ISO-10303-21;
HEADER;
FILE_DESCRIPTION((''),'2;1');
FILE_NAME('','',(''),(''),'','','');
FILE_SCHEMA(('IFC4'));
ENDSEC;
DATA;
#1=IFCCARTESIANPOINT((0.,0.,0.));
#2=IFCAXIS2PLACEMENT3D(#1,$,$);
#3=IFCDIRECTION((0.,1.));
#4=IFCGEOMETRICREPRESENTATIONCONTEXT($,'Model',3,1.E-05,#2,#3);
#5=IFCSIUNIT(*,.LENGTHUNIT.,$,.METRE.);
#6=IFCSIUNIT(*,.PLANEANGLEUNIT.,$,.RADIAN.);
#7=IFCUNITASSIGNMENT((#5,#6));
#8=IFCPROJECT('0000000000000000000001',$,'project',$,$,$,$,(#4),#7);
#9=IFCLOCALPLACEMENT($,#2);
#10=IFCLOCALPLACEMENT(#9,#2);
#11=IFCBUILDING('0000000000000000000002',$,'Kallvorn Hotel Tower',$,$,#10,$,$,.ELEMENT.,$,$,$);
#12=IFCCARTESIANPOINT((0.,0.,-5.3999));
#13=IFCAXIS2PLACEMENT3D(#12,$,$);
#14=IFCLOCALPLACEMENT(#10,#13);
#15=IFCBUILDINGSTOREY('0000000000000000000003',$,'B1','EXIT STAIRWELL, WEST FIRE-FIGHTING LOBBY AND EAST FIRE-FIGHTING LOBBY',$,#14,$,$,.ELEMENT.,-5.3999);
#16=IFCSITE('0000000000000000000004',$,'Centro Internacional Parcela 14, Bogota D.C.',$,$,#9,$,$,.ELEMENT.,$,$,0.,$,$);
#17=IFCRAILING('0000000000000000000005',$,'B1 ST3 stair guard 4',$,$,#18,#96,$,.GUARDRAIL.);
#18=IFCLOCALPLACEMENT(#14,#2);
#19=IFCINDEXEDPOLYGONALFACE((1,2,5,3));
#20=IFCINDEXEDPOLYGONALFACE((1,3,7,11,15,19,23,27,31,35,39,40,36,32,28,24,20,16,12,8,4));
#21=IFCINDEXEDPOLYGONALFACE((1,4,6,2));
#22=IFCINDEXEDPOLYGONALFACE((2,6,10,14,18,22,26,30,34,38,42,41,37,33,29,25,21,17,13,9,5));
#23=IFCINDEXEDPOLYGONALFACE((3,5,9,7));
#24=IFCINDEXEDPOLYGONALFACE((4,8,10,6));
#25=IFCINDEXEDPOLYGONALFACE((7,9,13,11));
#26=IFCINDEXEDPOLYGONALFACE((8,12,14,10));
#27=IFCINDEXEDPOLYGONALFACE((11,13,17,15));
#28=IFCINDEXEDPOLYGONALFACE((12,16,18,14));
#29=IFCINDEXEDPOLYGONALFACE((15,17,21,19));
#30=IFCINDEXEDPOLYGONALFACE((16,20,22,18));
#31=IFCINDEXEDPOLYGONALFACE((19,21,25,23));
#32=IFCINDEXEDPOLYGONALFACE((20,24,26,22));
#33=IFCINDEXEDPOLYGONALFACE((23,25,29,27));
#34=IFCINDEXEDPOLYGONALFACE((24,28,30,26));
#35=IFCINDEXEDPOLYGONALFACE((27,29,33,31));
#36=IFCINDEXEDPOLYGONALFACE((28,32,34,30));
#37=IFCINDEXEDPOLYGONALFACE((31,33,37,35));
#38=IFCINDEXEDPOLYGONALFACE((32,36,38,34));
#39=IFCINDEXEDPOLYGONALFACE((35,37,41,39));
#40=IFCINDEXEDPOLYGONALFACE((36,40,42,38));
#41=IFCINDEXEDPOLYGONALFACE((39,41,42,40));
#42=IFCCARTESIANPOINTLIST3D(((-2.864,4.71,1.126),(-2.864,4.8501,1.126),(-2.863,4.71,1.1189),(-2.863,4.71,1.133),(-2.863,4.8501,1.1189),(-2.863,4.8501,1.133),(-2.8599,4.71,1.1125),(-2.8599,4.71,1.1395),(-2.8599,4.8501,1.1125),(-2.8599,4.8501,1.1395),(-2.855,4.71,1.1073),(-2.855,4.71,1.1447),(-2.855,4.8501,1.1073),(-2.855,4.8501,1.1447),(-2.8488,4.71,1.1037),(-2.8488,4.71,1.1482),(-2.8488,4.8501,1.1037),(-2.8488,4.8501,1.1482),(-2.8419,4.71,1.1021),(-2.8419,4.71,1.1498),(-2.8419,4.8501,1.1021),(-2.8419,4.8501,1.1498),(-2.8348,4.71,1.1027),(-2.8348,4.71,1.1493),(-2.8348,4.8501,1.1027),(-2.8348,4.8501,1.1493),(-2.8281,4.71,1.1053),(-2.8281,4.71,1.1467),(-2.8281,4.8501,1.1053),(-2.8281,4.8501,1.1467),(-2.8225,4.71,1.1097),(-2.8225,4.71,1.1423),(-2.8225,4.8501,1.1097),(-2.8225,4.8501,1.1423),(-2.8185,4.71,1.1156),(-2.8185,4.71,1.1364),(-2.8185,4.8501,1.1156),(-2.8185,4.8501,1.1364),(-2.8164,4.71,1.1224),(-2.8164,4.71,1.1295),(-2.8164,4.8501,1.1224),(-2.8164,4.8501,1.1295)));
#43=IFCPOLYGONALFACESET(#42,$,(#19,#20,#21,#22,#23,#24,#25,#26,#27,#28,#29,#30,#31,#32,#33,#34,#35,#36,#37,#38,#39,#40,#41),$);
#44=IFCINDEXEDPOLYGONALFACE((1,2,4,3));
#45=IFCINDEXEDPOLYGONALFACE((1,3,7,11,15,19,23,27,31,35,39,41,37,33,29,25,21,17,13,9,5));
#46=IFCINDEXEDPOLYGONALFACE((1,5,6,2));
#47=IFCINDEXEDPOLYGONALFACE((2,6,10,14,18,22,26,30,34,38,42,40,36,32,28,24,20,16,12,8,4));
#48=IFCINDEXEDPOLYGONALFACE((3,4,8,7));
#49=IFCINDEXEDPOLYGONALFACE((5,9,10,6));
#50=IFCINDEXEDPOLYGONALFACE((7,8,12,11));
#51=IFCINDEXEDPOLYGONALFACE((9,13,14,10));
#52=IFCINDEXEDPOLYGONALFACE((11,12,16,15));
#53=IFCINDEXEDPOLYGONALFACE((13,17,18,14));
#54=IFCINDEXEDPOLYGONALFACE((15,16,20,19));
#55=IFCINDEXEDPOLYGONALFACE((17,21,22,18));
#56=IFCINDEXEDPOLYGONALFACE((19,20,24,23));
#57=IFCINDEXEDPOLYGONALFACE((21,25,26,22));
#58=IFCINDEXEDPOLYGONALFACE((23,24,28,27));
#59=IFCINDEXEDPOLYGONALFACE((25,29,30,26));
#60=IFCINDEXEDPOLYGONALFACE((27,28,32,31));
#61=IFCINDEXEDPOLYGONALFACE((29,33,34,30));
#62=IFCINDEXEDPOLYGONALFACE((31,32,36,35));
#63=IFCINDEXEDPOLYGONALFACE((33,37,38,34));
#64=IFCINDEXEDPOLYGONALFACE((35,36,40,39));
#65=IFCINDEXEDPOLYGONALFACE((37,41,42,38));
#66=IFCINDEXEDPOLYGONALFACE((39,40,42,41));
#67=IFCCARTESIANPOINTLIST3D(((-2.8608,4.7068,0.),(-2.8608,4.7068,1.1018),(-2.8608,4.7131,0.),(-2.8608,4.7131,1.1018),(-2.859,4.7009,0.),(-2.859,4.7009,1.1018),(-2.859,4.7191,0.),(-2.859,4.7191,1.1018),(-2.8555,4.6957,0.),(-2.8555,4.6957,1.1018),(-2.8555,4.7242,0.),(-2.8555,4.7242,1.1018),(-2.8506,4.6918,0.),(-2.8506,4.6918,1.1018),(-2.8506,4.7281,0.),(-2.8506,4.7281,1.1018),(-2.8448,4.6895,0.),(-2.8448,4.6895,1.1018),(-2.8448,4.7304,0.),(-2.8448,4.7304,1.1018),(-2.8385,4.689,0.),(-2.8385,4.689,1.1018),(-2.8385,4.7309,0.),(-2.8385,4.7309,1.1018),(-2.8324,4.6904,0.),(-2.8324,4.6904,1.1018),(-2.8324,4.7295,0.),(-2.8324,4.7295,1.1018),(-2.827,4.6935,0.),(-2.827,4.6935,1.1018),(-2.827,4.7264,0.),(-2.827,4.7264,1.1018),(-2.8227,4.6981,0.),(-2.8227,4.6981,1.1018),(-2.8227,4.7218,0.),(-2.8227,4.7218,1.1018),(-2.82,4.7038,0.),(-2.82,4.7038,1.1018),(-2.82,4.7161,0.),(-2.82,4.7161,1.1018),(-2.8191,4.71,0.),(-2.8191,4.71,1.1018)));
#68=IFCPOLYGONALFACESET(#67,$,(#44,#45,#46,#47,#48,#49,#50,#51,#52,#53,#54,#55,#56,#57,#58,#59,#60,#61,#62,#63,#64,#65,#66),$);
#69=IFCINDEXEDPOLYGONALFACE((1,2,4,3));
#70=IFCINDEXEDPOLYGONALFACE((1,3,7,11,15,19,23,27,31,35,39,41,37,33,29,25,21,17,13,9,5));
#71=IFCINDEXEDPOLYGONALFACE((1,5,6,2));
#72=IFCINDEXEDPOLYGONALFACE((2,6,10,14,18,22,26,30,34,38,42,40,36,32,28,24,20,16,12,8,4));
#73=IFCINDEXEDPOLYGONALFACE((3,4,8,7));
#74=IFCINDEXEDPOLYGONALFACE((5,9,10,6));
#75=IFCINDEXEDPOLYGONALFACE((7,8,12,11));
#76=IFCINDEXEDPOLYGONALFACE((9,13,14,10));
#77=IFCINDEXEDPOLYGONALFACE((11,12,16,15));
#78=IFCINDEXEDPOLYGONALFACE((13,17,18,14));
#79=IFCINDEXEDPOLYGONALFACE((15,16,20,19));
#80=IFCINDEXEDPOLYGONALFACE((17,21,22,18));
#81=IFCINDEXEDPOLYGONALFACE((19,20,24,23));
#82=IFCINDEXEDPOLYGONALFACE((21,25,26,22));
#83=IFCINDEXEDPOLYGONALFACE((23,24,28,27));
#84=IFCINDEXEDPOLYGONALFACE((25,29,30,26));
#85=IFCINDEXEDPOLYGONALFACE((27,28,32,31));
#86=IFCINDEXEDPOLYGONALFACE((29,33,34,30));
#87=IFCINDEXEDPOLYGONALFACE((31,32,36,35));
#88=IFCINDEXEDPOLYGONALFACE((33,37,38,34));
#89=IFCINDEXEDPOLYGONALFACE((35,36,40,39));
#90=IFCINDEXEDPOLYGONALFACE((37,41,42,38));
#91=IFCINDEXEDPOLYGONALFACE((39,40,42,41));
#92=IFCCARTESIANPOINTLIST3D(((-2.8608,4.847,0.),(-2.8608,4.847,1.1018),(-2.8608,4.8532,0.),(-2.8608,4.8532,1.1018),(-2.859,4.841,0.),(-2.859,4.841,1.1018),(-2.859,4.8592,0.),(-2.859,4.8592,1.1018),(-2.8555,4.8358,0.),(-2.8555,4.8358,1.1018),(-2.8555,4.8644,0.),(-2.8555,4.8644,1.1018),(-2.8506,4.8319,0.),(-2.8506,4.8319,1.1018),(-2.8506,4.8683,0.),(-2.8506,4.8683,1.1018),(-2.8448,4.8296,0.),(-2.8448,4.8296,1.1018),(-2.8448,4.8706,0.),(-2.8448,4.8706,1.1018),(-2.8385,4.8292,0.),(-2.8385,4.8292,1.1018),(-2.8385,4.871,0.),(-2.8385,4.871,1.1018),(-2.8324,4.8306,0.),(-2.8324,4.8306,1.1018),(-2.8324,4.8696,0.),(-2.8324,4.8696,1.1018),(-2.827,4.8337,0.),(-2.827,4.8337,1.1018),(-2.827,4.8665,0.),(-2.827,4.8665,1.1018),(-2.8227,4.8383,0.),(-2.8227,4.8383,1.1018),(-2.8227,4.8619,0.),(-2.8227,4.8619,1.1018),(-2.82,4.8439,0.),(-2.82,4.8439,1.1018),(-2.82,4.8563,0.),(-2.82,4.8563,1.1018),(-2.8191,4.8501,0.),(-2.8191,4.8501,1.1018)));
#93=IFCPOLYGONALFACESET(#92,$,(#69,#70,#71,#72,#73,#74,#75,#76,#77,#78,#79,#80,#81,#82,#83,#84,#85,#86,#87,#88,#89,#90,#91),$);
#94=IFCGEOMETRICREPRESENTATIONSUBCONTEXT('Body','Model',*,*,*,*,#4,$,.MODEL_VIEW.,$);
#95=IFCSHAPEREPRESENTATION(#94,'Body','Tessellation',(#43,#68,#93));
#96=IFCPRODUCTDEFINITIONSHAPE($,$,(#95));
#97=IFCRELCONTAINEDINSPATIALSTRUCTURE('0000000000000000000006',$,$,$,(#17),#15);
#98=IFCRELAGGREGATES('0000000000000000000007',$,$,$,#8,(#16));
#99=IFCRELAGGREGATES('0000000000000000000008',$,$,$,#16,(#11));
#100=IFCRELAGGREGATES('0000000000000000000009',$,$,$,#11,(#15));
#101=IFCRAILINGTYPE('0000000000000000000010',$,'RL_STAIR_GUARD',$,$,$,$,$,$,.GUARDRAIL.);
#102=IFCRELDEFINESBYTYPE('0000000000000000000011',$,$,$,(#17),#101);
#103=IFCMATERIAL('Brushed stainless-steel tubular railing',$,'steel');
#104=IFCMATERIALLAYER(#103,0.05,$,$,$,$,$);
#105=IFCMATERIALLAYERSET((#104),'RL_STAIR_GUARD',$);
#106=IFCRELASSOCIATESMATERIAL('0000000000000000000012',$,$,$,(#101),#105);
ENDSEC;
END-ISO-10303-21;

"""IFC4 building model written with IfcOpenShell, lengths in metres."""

from ifc_helpers import new_model, si_unit, direction, frame, origin, origin_2d, place, context, subcontext, project, spatial, circle, extrude, material, layer, layer_set, type_object, element, save


model = new_model("IFC4")

# Units and contexts
model_context = context("Model", 3, precision=1e-05, world=origin(), true_north=direction((0.0, 1.0)))
body_context = subcontext(model_context, "Body", "Model", "MODEL_VIEW")
ifc_project = project(units=[si_unit("LENGTHUNIT", "METRE"), si_unit("PLANEANGLEUNIT", "RADIAN")], contexts=[model_context])

# Site, building, storey
site_placement = place(None, origin())
site = spatial("IfcSite", under=ifc_project, at=site_placement, Name="Centro Internacional Parcela 14, Bogota D.C.", CompositionType="ELEMENT", RefElevation=0.0)
building_placement = place(site_placement, origin())
building = spatial("IfcBuilding", under=site, at=building_placement, Name="Kallvorn Hotel Tower", CompositionType="ELEMENT")
storey_placement = place(building_placement, frame((0.0, 0.0, -5.3999)))
storey = spatial("IfcBuildingStorey", under=building, at=storey_placement, Name="B1", Description="EXIT STAIRWELL, WEST FIRE-FIGHTING LOBBY AND EAST FIRE-FIGHTING LOBBY", CompositionType="ELEMENT", Elevation=-5.3999)

# Railing
ifc_material_1 = material(Name="Brushed stainless-steel tubular railing", Category="steel")
ifc_layer_1 = layer(ifc_material_1, 0.05)
ifc_layer_set_1 = layer_set([ifc_layer_1], Name="RL_STAIR_GUARD")
railing_type_1 = type_object("IfcRailingType", Name="RL_STAIR_GUARD", PredefinedType="GUARDRAIL", material=ifc_layer_set_1)
railing_1_placement = place(storey_placement, frame((-2.8401, 4.71, 0.0)))
element("IfcRailing", 1, at=railing_1_placement, inside=storey, type_object=railing_type_1, Name="B1 ST3 stair guard 4", PredefinedType="GUARDRAIL", context=body_context, shape_type="SweptSolid", body=[
    extrude(circle(Radius=0.0239, at=origin_2d()), frame((0.0, 0.0, 1.126), z_axis=(0.0, 1.0, 0.0), x_axis=(-1.0, 0.0, 0.0)), (0.0, 0.0, 1.0), 0.1401),
    extrude(circle(Radius=0.021, at=origin_2d()), origin(), (0.0, 0.0, 1.0), 1.1018),
    extrude(circle(Radius=0.021, at=origin_2d()), frame((0.0, 0.1401, 0.0)), (0.0, 0.0, 1.0), 1.1018),
])

save(model, "model.ifc")
